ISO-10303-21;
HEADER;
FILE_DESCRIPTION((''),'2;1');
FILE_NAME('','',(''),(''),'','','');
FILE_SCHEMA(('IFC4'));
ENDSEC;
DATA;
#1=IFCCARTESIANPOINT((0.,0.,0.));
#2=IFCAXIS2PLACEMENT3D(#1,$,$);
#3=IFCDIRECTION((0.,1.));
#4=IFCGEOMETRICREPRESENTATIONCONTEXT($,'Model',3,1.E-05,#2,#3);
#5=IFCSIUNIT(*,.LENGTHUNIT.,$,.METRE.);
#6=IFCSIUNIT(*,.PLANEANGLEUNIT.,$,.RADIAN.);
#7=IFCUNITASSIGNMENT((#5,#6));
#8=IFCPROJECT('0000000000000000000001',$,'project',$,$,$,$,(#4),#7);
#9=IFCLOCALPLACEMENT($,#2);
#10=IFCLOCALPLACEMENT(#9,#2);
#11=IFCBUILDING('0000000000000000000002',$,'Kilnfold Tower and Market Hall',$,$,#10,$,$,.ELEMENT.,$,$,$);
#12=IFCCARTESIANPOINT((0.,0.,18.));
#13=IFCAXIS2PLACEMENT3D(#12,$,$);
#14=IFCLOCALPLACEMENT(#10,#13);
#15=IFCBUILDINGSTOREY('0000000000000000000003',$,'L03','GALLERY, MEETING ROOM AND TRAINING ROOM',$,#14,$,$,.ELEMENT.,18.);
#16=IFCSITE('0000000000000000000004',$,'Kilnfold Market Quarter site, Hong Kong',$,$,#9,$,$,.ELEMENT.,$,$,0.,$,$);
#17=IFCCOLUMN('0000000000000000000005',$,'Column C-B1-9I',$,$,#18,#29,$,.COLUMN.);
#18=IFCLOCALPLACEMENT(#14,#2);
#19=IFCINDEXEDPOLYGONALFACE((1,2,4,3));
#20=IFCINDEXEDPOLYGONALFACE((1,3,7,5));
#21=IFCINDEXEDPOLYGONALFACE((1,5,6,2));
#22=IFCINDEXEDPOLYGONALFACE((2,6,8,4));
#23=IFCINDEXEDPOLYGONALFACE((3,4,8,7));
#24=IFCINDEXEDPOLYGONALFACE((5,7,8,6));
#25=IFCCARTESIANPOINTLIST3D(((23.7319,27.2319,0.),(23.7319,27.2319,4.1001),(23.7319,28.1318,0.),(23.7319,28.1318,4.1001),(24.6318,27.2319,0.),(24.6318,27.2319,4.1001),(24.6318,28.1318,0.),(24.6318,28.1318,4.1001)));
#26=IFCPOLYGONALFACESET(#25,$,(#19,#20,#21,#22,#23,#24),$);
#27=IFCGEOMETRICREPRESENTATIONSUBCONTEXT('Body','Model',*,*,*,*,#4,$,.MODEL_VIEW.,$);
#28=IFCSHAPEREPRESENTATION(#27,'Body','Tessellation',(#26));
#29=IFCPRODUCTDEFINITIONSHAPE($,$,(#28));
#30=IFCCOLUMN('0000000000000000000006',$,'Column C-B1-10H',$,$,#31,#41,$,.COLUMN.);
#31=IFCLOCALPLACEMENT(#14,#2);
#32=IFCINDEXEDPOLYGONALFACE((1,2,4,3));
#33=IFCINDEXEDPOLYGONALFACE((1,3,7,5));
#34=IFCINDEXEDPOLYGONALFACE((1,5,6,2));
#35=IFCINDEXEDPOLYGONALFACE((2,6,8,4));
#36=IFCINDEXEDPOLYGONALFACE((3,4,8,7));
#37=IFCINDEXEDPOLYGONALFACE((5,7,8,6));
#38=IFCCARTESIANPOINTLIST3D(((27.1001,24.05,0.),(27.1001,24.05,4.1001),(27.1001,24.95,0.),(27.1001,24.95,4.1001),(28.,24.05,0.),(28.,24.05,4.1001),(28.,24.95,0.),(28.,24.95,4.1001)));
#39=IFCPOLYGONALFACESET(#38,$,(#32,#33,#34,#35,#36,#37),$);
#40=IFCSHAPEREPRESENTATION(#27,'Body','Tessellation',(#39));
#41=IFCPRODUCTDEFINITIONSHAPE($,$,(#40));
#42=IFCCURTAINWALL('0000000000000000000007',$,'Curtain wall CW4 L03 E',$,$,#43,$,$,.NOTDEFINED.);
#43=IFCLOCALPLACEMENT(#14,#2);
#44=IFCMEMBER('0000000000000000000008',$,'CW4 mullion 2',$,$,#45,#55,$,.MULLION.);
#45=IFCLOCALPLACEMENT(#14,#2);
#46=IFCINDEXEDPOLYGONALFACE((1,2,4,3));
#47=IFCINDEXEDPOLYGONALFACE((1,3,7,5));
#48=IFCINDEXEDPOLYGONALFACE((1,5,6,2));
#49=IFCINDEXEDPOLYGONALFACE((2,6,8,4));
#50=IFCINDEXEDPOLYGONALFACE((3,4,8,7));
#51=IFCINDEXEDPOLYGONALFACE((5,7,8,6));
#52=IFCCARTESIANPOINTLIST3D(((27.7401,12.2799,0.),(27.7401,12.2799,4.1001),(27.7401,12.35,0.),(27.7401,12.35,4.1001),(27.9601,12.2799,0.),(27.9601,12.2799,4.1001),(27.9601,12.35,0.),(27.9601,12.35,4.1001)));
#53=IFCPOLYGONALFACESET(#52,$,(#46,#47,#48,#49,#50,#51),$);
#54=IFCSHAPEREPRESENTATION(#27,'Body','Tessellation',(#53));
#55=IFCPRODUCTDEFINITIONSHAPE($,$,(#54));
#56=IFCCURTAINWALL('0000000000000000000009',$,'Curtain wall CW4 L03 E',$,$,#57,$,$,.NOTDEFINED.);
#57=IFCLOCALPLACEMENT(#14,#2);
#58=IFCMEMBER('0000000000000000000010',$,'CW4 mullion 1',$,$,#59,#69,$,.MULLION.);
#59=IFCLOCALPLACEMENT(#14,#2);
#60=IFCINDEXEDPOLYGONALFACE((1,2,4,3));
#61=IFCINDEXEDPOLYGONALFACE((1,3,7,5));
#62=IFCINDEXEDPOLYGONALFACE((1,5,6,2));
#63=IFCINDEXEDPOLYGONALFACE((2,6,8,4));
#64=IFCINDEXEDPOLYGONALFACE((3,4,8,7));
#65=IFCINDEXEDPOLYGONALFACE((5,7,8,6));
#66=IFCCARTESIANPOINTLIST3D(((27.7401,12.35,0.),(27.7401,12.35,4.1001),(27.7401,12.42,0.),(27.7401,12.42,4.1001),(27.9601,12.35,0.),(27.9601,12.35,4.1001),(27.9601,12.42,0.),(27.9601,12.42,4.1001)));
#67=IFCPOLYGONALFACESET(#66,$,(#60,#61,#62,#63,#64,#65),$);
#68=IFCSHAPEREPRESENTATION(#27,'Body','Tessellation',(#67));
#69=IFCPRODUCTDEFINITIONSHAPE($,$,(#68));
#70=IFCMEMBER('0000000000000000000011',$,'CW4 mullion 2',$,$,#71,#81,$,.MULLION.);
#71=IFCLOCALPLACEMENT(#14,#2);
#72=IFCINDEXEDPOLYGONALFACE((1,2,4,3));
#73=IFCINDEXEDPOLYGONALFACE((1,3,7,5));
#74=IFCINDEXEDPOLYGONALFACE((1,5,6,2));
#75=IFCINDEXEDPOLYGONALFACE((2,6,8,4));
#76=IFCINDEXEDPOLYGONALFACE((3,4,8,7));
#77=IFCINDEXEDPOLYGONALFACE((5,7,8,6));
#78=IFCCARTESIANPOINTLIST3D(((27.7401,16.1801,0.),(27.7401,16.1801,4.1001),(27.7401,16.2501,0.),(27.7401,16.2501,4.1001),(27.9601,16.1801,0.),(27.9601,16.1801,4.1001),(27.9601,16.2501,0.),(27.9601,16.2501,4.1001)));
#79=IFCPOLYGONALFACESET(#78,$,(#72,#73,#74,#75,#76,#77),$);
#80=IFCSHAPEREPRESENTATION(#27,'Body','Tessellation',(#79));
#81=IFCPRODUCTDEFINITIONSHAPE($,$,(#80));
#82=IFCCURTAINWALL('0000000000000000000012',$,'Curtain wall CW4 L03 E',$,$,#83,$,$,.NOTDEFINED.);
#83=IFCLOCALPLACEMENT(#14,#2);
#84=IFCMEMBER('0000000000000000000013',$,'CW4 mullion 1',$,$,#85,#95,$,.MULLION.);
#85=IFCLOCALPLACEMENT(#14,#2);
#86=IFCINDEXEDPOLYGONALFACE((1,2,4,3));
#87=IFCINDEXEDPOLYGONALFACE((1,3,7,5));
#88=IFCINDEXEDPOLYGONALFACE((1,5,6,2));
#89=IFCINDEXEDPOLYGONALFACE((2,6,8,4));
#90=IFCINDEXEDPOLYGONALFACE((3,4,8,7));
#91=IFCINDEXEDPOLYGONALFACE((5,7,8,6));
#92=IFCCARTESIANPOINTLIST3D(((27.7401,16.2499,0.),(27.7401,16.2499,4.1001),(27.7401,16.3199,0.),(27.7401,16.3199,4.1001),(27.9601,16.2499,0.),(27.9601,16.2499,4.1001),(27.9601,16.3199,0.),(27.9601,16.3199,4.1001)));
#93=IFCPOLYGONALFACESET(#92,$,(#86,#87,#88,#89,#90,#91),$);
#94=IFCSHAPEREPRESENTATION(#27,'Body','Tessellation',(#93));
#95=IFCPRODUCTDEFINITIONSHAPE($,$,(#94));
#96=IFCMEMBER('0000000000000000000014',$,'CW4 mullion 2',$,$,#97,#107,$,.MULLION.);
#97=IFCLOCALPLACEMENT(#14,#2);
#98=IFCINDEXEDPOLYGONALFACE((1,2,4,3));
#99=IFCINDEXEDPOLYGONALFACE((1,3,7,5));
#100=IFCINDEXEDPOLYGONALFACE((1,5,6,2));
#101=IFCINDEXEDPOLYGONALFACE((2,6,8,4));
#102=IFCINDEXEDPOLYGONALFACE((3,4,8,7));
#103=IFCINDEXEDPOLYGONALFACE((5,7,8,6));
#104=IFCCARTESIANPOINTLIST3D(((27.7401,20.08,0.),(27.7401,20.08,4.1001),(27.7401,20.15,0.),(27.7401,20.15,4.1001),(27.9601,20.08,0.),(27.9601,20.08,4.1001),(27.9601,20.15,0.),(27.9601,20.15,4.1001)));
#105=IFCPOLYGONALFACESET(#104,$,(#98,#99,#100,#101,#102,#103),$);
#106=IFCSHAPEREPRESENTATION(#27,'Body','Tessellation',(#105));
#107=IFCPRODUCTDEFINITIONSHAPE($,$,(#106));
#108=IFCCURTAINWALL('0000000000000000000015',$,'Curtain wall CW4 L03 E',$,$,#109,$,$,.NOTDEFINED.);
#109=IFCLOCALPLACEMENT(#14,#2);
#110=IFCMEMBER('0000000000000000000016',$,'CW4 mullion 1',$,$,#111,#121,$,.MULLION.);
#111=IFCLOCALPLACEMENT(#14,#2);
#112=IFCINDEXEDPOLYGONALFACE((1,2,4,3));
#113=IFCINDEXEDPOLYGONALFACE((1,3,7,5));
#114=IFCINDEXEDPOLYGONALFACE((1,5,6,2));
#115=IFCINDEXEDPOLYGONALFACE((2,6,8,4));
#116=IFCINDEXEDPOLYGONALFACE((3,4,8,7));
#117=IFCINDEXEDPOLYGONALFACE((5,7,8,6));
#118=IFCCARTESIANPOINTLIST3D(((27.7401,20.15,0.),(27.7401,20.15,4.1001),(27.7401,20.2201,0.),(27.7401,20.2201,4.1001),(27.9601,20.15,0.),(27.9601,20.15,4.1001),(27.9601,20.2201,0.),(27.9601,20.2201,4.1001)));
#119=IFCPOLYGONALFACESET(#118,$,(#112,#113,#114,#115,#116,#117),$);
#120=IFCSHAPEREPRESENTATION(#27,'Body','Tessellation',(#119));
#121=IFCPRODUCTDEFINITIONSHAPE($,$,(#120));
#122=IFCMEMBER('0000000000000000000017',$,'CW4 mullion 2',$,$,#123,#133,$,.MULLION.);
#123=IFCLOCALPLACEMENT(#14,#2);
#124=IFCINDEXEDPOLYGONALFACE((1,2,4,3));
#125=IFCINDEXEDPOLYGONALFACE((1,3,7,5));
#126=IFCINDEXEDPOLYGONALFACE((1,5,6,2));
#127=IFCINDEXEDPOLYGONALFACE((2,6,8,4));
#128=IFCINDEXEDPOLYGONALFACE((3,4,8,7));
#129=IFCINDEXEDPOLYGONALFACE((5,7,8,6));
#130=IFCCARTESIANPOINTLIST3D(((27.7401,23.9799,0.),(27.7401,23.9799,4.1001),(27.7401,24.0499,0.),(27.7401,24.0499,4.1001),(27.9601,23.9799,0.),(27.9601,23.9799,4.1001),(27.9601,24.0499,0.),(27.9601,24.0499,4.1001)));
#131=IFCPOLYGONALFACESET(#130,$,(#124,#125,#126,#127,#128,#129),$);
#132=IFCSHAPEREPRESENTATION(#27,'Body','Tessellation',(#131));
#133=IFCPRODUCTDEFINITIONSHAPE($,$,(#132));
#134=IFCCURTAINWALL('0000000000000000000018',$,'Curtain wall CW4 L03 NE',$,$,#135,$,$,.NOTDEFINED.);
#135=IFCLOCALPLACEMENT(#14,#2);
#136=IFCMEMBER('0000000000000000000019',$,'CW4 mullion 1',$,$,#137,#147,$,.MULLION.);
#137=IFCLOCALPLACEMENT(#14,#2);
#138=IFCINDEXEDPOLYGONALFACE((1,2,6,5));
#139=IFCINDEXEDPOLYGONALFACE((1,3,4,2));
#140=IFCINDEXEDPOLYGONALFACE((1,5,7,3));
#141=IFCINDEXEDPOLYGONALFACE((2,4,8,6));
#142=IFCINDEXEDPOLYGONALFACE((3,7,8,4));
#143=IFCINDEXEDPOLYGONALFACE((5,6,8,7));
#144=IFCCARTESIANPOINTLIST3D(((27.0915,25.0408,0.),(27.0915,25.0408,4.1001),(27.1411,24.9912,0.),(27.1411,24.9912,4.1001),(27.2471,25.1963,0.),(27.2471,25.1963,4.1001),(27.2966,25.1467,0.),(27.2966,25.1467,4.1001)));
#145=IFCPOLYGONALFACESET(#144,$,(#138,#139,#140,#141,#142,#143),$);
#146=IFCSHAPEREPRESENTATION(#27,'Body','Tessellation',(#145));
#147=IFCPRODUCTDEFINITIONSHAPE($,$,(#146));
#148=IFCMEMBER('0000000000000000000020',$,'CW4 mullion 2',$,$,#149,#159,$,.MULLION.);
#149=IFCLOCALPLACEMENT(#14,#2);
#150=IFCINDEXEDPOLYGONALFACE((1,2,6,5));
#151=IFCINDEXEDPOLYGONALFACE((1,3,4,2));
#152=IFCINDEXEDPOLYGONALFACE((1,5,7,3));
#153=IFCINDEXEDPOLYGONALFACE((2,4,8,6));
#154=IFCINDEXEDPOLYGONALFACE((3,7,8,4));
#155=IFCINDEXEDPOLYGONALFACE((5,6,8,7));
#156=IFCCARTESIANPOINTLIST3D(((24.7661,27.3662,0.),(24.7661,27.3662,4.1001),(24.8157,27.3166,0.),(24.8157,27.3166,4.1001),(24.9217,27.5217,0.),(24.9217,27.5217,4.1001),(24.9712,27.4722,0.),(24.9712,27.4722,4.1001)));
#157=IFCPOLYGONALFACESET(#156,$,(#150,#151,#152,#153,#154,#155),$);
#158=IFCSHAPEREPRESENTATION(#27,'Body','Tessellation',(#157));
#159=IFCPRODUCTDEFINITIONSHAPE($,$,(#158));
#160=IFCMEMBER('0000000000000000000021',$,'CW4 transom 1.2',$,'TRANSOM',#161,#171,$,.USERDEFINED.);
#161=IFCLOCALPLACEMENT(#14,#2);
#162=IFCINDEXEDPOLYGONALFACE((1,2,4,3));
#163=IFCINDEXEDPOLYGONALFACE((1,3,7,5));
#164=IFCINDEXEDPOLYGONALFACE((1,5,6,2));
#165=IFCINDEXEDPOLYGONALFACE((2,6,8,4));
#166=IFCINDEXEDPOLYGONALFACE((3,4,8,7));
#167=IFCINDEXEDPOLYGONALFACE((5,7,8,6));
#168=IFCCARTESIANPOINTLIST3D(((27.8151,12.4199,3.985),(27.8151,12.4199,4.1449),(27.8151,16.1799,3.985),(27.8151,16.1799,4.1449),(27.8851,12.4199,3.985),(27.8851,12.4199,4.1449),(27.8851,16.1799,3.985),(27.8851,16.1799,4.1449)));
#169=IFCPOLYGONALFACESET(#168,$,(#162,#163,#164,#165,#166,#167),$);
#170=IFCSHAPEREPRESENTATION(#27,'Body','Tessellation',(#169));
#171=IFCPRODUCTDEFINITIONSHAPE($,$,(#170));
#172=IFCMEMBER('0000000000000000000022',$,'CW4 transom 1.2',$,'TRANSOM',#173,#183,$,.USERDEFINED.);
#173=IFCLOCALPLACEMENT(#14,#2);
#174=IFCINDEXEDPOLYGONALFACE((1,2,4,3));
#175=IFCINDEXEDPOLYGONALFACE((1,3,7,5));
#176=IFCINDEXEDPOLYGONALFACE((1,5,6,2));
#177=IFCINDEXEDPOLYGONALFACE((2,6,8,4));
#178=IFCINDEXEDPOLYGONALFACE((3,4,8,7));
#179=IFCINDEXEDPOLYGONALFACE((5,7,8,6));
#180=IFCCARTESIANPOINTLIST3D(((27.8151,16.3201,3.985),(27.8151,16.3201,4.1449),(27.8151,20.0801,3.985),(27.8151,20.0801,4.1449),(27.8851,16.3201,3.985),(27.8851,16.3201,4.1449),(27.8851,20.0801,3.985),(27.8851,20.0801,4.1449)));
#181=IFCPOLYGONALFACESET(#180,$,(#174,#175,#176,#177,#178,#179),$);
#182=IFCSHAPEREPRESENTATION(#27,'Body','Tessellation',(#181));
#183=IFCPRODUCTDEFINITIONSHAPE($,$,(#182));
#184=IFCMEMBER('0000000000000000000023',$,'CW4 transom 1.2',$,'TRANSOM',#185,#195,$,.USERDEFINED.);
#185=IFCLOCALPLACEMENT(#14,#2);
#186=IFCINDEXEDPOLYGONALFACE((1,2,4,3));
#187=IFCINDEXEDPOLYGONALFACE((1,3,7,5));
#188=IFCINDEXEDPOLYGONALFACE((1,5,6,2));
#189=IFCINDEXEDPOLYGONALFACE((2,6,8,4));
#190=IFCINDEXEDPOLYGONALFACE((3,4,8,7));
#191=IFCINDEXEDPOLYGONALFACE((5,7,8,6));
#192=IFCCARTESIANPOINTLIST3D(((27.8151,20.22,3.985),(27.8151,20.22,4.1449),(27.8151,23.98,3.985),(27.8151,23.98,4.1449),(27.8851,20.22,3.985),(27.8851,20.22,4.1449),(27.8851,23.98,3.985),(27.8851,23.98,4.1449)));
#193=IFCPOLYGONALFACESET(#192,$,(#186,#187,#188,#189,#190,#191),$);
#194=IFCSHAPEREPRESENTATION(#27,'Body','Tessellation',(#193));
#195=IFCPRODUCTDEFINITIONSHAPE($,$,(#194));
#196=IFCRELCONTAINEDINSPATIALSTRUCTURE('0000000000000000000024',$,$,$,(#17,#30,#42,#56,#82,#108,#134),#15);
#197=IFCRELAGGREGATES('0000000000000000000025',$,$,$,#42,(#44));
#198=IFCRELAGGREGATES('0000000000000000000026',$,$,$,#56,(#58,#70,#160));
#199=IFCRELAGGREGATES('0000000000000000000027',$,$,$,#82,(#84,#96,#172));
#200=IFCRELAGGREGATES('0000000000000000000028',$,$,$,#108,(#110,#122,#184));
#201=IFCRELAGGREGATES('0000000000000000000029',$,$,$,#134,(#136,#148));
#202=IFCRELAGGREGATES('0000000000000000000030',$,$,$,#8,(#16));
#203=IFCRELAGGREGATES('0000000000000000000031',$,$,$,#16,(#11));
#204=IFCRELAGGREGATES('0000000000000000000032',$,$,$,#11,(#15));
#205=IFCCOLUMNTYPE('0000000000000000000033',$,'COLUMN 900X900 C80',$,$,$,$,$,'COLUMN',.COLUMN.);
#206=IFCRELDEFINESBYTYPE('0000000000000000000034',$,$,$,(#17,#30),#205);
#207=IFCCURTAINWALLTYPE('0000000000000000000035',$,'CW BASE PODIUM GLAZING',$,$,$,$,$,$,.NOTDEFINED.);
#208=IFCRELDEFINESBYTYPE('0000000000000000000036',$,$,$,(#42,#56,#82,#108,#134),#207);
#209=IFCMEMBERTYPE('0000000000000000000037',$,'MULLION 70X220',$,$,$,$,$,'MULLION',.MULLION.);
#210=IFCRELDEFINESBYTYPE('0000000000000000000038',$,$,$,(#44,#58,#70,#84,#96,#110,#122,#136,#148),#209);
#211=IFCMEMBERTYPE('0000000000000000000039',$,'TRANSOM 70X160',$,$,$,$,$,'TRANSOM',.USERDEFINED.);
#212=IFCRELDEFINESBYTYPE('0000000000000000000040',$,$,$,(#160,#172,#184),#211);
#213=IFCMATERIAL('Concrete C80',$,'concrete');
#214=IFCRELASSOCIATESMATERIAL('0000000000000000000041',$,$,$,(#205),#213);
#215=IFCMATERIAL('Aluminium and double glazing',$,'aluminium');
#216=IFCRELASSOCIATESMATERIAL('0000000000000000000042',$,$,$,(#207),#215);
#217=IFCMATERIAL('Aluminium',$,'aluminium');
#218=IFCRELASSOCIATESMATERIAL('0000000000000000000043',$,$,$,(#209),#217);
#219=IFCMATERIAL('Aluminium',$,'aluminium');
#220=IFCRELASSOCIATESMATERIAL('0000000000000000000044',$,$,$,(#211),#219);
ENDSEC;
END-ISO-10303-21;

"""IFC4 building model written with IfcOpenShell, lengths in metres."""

from ifc_helpers import new_model, si_unit, direction, frame, origin, origin_2d, place, context, subcontext, project, spatial, rectangle, extrude, source, transform, mapped, material, material_profile, profile_set, type_object, element, aggregate, save


model = new_model("IFC4")

# Units and contexts
model_context = context("Model", 3, precision=1e-05, world=origin(), true_north=direction((0.0, 1.0)))
body_context = subcontext(model_context, "Body", "Model", "MODEL_VIEW")
ifc_project = project(units=[si_unit("LENGTHUNIT", "METRE"), si_unit("PLANEANGLEUNIT", "RADIAN")], contexts=[model_context])

# Site, building, storey
site_placement = place(None, origin())
site = spatial("IfcSite", under=ifc_project, at=site_placement, Name="Kilnfold Market Quarter site, Hong Kong", CompositionType="ELEMENT", RefElevation=0.0)
building_placement = place(site_placement, origin())
building = spatial("IfcBuilding", under=site, at=building_placement, Name="Kilnfold Tower and Market Hall", CompositionType="ELEMENT")
storey_placement = place(building_placement, frame((0.0, 0.0, 18.0)))
storey = spatial("IfcBuildingStorey", under=building, at=storey_placement, Name="L03", Description="GALLERY, MEETING ROOM AND TRAINING ROOM", CompositionType="ELEMENT", Elevation=18.0)

# Columns
ifc_material_1 = material(Name="Concrete C80", Category="concrete")
ifc_material_profile_1 = material_profile(ifc_material_1, rectangle(XDim=0.8999, YDim=0.8999, at=origin_2d()), Name="RC 900x900")
ifc_profile_set_1 = profile_set([ifc_material_profile_1], Name="Concrete C80")
column_type = type_object("IfcColumnType", Name="COLUMN 900X900 C80", ElementType="COLUMN", PredefinedType="COLUMN", material=ifc_profile_set_1)
shared_shape_1 = source(origin(), body_context, "Body", "SweptSolid", [
    extrude(rectangle(XDim=0.8999, YDim=0.8999, at=origin_2d()), origin(), (0.0, 0.0, 1.0), 4.1001),
])
for number, where, z_axis, x_axis, name in (
    (1, (24.1819, 27.6819, 0.0), (0.0, 0.0, 1.0), (1.0, 0.0, 0.0), "Column C-B1-9I"),
    (2, (27.55, 24.5, 0.0), (0.0, 0.0, 1.0), (1.0, 0.0, 0.0), "Column C-B1-10H"),
):
    element("IfcColumn", number, at=place(storey_placement, frame(where, z_axis=z_axis, x_axis=x_axis)), inside=storey, type_object=column_type, Name=name, PredefinedType="COLUMN", context=body_context, shape_type="MappedRepresentation", body=[
        mapped(shared_shape_1, transform((0.0, 0.0, 0.0))),
    ])

# Curtain wall, member
ifc_material_2 = material(Name="Aluminium and double glazing", Category="aluminium")
curtain_wall_type = type_object("IfcCurtainWallType", Name="CW BASE PODIUM GLAZING", PredefinedType="NOTDEFINED", material=ifc_material_2)
curtain_wall_1_placement = place(storey_placement, origin())
curtain_wall_1 = element("IfcCurtainWall", 3, at=curtain_wall_1_placement, inside=storey, type_object=curtain_wall_type, Name="Curtain wall CW4 L03 E", PredefinedType="NOTDEFINED")
ifc_material_3 = material(Name="Aluminium", Category="aluminium")
ifc_material_profile_2 = material_profile(ifc_material_3, rectangle(XDim=0.0701, YDim=0.22, at=origin_2d()), Name="MULLION 70x220")
ifc_profile_set_2 = profile_set([ifc_material_profile_2], Name="Aluminium")
member_type_1 = type_object("IfcMemberType", Name="MULLION 70X220", ElementType="MULLION", PredefinedType="MULLION", material=ifc_profile_set_2)
shared_shape_2 = source(origin(), body_context, "Body", "SweptSolid", [
    extrude(rectangle(XDim=0.0701, YDim=0.22, at=origin_2d()), origin(), (0.0, 0.0, 1.0), 4.1001),
])
member_1_placement = place(storey_placement, frame((27.8501, 12.3149, 0.0), z_axis=(0.0, 0.0, 1.0), x_axis=(0.0, 1.0, 0.0)))
member_1 = element("IfcMember", 4, at=member_1_placement, type_object=member_type_1, Name="CW4 mullion 2", PredefinedType="MULLION", context=body_context, shape_type="MappedRepresentation", body=[
    mapped(shared_shape_2, transform((0.0, 0.0, 0.0))),
])

# Curtain walls, members
curtain_wall_2_placement = place(storey_placement, origin())
curtain_wall_2 = element("IfcCurtainWall", 5, at=curtain_wall_2_placement, inside=storey, type_object=curtain_wall_type, Name="Curtain wall CW4 L03 E", PredefinedType="NOTDEFINED")
member_2_placement = place(storey_placement, frame((27.8501, 12.385, 0.0), z_axis=(0.0, 0.0, 1.0), x_axis=(0.0, 1.0, 0.0)))
member_2 = element("IfcMember", 6, at=member_2_placement, type_object=member_type_1, Name="CW4 mullion 1", PredefinedType="MULLION", context=body_context, shape_type="MappedRepresentation", body=[
    mapped(shared_shape_2, transform((0.0, 0.0, 0.0))),
])
member_3_placement = place(storey_placement, frame((27.8501, 16.2151, 0.0), z_axis=(0.0, 0.0, 1.0), x_axis=(0.0, 1.0, 0.0)))
member_3 = element("IfcMember", 7, at=member_3_placement, type_object=member_type_1, Name="CW4 mullion 2", PredefinedType="MULLION", context=body_context, shape_type="MappedRepresentation", body=[
    mapped(shared_shape_2, transform((0.0, 0.0, 0.0))),
])
curtain_wall_3_placement = place(storey_placement, origin())
curtain_wall_3 = element("IfcCurtainWall", 8, at=curtain_wall_3_placement, inside=storey, type_object=curtain_wall_type, Name="Curtain wall CW4 L03 E", PredefinedType="NOTDEFINED")
member_4_placement = place(storey_placement, frame((27.8501, 16.2849, 0.0), z_axis=(0.0, 0.0, 1.0), x_axis=(0.0, 1.0, 0.0)))
member_4 = element("IfcMember", 9, at=member_4_placement, type_object=member_type_1, Name="CW4 mullion 1", PredefinedType="MULLION", context=body_context, shape_type="MappedRepresentation", body=[
    mapped(shared_shape_2, transform((0.0, 0.0, 0.0))),
])
member_5_placement = place(storey_placement, frame((27.8501, 20.115, 0.0), z_axis=(0.0, 0.0, 1.0), x_axis=(0.0, 1.0, 0.0)))
member_5 = element("IfcMember", 10, at=member_5_placement, type_object=member_type_1, Name="CW4 mullion 2", PredefinedType="MULLION", context=body_context, shape_type="MappedRepresentation", body=[
    mapped(shared_shape_2, transform((0.0, 0.0, 0.0))),
])
curtain_wall_4_placement = place(storey_placement, origin())
curtain_wall_4 = element("IfcCurtainWall", 11, at=curtain_wall_4_placement, inside=storey, type_object=curtain_wall_type, Name="Curtain wall CW4 L03 E", PredefinedType="NOTDEFINED")
member_6_placement = place(storey_placement, frame((27.8501, 20.1851, 0.0), z_axis=(0.0, 0.0, 1.0), x_axis=(0.0, 1.0, 0.0)))
member_6 = element("IfcMember", 12, at=member_6_placement, type_object=member_type_1, Name="CW4 mullion 1", PredefinedType="MULLION", context=body_context, shape_type="MappedRepresentation", body=[
    mapped(shared_shape_2, transform((0.0, 0.0, 0.0))),
])
member_7_placement = place(storey_placement, frame((27.8501, 24.0149, 0.0), z_axis=(0.0, 0.0, 1.0), x_axis=(0.0, 1.0, 0.0)))
member_7 = element("IfcMember", 13, at=member_7_placement, type_object=member_type_1, Name="CW4 mullion 2", PredefinedType="MULLION", context=body_context, shape_type="MappedRepresentation", body=[
    mapped(shared_shape_2, transform((0.0, 0.0, 0.0))),
])
curtain_wall_5_placement = place(storey_placement, origin())
curtain_wall_5 = element("IfcCurtainWall", 14, at=curtain_wall_5_placement, inside=storey, type_object=curtain_wall_type, Name="Curtain wall CW4 L03 NE", PredefinedType="NOTDEFINED")
member_8_placement = place(storey_placement, frame((27.1941, 25.0938, 0.0), z_axis=(0.0, 0.0, 1.0), x_axis=(-0.707092, 0.707122, 0.0)))
member_8 = element("IfcMember", 15, at=member_8_placement, type_object=member_type_1, Name="CW4 mullion 1", PredefinedType="MULLION", context=body_context, shape_type="MappedRepresentation", body=[
    mapped(shared_shape_2, transform((0.0, 0.0, 0.0))),
])
member_9_placement = place(storey_placement, frame((24.8687, 27.4192, 0.0), z_axis=(0.0, 0.0, 1.0), x_axis=(-0.707092, 0.707122, 0.0)))
member_9 = element("IfcMember", 16, at=member_9_placement, type_object=member_type_1, Name="CW4 mullion 2", PredefinedType="MULLION", context=body_context, shape_type="MappedRepresentation", body=[
    mapped(shared_shape_2, transform((0.0, 0.0, 0.0))),
])

# Members
ifc_material_4 = material(Name="Aluminium", Category="aluminium")
ifc_material_profile_3 = material_profile(ifc_material_4, rectangle(XDim=0.0701, YDim=0.1599, at=origin_2d()), Name="TRANSOM 70x160")
ifc_profile_set_3 = profile_set([ifc_material_profile_3], Name="Aluminium")
member_type_2 = type_object("IfcMemberType", Name="TRANSOM 70X160", ElementType="TRANSOM", PredefinedType="USERDEFINED", material=ifc_profile_set_3)
shared_shape_3 = source(origin(), body_context, "Body", "SweptSolid", [
    extrude(rectangle(XDim=0.0701, YDim=0.1599, at=origin_2d()), origin(), (0.0, 0.0, 1.0), 3.76),
])
member_10_placement = place(storey_placement, frame((27.8501, 12.4199, 4.0649), z_axis=(0.0, 1.0, 0.0), x_axis=(-1.0, 0.0, 0.0)))
member_10 = element("IfcMember", 17, at=member_10_placement, type_object=member_type_2, Name="CW4 transom 1.2", ObjectType="TRANSOM", PredefinedType="USERDEFINED", context=body_context, shape_type="MappedRepresentation", body=[
    mapped(shared_shape_3, transform((0.0, 0.0, 0.0))),
])
member_11_placement = place(storey_placement, frame((27.8501, 16.3201, 4.0649), z_axis=(0.0, 1.0, 0.0), x_axis=(-1.0, 0.0, 0.0)))
member_11 = element("IfcMember", 18, at=member_11_placement, type_object=member_type_2, Name="CW4 transom 1.2", ObjectType="TRANSOM", PredefinedType="USERDEFINED", context=body_context, shape_type="MappedRepresentation", body=[
    mapped(shared_shape_3, transform((0.0, 0.0, 0.0))),
])
member_12_placement = place(storey_placement, frame((27.8501, 20.22, 4.0649), z_axis=(0.0, 1.0, 0.0), x_axis=(-1.0, 0.0, 0.0)))
member_12 = element("IfcMember", 19, at=member_12_placement, type_object=member_type_2, Name="CW4 transom 1.2", ObjectType="TRANSOM", PredefinedType="USERDEFINED", context=body_context, shape_type="MappedRepresentation", body=[
    mapped(shared_shape_3, transform((0.0, 0.0, 0.0))),
])

aggregate(curtain_wall_1, [member_1])
aggregate(curtain_wall_2, [member_2, member_3, member_10])
aggregate(curtain_wall_3, [member_4, member_5, member_11])
aggregate(curtain_wall_4, [member_6, member_7, member_12])
aggregate(curtain_wall_5, [member_8, member_9])

save(model, "model.ifc")
